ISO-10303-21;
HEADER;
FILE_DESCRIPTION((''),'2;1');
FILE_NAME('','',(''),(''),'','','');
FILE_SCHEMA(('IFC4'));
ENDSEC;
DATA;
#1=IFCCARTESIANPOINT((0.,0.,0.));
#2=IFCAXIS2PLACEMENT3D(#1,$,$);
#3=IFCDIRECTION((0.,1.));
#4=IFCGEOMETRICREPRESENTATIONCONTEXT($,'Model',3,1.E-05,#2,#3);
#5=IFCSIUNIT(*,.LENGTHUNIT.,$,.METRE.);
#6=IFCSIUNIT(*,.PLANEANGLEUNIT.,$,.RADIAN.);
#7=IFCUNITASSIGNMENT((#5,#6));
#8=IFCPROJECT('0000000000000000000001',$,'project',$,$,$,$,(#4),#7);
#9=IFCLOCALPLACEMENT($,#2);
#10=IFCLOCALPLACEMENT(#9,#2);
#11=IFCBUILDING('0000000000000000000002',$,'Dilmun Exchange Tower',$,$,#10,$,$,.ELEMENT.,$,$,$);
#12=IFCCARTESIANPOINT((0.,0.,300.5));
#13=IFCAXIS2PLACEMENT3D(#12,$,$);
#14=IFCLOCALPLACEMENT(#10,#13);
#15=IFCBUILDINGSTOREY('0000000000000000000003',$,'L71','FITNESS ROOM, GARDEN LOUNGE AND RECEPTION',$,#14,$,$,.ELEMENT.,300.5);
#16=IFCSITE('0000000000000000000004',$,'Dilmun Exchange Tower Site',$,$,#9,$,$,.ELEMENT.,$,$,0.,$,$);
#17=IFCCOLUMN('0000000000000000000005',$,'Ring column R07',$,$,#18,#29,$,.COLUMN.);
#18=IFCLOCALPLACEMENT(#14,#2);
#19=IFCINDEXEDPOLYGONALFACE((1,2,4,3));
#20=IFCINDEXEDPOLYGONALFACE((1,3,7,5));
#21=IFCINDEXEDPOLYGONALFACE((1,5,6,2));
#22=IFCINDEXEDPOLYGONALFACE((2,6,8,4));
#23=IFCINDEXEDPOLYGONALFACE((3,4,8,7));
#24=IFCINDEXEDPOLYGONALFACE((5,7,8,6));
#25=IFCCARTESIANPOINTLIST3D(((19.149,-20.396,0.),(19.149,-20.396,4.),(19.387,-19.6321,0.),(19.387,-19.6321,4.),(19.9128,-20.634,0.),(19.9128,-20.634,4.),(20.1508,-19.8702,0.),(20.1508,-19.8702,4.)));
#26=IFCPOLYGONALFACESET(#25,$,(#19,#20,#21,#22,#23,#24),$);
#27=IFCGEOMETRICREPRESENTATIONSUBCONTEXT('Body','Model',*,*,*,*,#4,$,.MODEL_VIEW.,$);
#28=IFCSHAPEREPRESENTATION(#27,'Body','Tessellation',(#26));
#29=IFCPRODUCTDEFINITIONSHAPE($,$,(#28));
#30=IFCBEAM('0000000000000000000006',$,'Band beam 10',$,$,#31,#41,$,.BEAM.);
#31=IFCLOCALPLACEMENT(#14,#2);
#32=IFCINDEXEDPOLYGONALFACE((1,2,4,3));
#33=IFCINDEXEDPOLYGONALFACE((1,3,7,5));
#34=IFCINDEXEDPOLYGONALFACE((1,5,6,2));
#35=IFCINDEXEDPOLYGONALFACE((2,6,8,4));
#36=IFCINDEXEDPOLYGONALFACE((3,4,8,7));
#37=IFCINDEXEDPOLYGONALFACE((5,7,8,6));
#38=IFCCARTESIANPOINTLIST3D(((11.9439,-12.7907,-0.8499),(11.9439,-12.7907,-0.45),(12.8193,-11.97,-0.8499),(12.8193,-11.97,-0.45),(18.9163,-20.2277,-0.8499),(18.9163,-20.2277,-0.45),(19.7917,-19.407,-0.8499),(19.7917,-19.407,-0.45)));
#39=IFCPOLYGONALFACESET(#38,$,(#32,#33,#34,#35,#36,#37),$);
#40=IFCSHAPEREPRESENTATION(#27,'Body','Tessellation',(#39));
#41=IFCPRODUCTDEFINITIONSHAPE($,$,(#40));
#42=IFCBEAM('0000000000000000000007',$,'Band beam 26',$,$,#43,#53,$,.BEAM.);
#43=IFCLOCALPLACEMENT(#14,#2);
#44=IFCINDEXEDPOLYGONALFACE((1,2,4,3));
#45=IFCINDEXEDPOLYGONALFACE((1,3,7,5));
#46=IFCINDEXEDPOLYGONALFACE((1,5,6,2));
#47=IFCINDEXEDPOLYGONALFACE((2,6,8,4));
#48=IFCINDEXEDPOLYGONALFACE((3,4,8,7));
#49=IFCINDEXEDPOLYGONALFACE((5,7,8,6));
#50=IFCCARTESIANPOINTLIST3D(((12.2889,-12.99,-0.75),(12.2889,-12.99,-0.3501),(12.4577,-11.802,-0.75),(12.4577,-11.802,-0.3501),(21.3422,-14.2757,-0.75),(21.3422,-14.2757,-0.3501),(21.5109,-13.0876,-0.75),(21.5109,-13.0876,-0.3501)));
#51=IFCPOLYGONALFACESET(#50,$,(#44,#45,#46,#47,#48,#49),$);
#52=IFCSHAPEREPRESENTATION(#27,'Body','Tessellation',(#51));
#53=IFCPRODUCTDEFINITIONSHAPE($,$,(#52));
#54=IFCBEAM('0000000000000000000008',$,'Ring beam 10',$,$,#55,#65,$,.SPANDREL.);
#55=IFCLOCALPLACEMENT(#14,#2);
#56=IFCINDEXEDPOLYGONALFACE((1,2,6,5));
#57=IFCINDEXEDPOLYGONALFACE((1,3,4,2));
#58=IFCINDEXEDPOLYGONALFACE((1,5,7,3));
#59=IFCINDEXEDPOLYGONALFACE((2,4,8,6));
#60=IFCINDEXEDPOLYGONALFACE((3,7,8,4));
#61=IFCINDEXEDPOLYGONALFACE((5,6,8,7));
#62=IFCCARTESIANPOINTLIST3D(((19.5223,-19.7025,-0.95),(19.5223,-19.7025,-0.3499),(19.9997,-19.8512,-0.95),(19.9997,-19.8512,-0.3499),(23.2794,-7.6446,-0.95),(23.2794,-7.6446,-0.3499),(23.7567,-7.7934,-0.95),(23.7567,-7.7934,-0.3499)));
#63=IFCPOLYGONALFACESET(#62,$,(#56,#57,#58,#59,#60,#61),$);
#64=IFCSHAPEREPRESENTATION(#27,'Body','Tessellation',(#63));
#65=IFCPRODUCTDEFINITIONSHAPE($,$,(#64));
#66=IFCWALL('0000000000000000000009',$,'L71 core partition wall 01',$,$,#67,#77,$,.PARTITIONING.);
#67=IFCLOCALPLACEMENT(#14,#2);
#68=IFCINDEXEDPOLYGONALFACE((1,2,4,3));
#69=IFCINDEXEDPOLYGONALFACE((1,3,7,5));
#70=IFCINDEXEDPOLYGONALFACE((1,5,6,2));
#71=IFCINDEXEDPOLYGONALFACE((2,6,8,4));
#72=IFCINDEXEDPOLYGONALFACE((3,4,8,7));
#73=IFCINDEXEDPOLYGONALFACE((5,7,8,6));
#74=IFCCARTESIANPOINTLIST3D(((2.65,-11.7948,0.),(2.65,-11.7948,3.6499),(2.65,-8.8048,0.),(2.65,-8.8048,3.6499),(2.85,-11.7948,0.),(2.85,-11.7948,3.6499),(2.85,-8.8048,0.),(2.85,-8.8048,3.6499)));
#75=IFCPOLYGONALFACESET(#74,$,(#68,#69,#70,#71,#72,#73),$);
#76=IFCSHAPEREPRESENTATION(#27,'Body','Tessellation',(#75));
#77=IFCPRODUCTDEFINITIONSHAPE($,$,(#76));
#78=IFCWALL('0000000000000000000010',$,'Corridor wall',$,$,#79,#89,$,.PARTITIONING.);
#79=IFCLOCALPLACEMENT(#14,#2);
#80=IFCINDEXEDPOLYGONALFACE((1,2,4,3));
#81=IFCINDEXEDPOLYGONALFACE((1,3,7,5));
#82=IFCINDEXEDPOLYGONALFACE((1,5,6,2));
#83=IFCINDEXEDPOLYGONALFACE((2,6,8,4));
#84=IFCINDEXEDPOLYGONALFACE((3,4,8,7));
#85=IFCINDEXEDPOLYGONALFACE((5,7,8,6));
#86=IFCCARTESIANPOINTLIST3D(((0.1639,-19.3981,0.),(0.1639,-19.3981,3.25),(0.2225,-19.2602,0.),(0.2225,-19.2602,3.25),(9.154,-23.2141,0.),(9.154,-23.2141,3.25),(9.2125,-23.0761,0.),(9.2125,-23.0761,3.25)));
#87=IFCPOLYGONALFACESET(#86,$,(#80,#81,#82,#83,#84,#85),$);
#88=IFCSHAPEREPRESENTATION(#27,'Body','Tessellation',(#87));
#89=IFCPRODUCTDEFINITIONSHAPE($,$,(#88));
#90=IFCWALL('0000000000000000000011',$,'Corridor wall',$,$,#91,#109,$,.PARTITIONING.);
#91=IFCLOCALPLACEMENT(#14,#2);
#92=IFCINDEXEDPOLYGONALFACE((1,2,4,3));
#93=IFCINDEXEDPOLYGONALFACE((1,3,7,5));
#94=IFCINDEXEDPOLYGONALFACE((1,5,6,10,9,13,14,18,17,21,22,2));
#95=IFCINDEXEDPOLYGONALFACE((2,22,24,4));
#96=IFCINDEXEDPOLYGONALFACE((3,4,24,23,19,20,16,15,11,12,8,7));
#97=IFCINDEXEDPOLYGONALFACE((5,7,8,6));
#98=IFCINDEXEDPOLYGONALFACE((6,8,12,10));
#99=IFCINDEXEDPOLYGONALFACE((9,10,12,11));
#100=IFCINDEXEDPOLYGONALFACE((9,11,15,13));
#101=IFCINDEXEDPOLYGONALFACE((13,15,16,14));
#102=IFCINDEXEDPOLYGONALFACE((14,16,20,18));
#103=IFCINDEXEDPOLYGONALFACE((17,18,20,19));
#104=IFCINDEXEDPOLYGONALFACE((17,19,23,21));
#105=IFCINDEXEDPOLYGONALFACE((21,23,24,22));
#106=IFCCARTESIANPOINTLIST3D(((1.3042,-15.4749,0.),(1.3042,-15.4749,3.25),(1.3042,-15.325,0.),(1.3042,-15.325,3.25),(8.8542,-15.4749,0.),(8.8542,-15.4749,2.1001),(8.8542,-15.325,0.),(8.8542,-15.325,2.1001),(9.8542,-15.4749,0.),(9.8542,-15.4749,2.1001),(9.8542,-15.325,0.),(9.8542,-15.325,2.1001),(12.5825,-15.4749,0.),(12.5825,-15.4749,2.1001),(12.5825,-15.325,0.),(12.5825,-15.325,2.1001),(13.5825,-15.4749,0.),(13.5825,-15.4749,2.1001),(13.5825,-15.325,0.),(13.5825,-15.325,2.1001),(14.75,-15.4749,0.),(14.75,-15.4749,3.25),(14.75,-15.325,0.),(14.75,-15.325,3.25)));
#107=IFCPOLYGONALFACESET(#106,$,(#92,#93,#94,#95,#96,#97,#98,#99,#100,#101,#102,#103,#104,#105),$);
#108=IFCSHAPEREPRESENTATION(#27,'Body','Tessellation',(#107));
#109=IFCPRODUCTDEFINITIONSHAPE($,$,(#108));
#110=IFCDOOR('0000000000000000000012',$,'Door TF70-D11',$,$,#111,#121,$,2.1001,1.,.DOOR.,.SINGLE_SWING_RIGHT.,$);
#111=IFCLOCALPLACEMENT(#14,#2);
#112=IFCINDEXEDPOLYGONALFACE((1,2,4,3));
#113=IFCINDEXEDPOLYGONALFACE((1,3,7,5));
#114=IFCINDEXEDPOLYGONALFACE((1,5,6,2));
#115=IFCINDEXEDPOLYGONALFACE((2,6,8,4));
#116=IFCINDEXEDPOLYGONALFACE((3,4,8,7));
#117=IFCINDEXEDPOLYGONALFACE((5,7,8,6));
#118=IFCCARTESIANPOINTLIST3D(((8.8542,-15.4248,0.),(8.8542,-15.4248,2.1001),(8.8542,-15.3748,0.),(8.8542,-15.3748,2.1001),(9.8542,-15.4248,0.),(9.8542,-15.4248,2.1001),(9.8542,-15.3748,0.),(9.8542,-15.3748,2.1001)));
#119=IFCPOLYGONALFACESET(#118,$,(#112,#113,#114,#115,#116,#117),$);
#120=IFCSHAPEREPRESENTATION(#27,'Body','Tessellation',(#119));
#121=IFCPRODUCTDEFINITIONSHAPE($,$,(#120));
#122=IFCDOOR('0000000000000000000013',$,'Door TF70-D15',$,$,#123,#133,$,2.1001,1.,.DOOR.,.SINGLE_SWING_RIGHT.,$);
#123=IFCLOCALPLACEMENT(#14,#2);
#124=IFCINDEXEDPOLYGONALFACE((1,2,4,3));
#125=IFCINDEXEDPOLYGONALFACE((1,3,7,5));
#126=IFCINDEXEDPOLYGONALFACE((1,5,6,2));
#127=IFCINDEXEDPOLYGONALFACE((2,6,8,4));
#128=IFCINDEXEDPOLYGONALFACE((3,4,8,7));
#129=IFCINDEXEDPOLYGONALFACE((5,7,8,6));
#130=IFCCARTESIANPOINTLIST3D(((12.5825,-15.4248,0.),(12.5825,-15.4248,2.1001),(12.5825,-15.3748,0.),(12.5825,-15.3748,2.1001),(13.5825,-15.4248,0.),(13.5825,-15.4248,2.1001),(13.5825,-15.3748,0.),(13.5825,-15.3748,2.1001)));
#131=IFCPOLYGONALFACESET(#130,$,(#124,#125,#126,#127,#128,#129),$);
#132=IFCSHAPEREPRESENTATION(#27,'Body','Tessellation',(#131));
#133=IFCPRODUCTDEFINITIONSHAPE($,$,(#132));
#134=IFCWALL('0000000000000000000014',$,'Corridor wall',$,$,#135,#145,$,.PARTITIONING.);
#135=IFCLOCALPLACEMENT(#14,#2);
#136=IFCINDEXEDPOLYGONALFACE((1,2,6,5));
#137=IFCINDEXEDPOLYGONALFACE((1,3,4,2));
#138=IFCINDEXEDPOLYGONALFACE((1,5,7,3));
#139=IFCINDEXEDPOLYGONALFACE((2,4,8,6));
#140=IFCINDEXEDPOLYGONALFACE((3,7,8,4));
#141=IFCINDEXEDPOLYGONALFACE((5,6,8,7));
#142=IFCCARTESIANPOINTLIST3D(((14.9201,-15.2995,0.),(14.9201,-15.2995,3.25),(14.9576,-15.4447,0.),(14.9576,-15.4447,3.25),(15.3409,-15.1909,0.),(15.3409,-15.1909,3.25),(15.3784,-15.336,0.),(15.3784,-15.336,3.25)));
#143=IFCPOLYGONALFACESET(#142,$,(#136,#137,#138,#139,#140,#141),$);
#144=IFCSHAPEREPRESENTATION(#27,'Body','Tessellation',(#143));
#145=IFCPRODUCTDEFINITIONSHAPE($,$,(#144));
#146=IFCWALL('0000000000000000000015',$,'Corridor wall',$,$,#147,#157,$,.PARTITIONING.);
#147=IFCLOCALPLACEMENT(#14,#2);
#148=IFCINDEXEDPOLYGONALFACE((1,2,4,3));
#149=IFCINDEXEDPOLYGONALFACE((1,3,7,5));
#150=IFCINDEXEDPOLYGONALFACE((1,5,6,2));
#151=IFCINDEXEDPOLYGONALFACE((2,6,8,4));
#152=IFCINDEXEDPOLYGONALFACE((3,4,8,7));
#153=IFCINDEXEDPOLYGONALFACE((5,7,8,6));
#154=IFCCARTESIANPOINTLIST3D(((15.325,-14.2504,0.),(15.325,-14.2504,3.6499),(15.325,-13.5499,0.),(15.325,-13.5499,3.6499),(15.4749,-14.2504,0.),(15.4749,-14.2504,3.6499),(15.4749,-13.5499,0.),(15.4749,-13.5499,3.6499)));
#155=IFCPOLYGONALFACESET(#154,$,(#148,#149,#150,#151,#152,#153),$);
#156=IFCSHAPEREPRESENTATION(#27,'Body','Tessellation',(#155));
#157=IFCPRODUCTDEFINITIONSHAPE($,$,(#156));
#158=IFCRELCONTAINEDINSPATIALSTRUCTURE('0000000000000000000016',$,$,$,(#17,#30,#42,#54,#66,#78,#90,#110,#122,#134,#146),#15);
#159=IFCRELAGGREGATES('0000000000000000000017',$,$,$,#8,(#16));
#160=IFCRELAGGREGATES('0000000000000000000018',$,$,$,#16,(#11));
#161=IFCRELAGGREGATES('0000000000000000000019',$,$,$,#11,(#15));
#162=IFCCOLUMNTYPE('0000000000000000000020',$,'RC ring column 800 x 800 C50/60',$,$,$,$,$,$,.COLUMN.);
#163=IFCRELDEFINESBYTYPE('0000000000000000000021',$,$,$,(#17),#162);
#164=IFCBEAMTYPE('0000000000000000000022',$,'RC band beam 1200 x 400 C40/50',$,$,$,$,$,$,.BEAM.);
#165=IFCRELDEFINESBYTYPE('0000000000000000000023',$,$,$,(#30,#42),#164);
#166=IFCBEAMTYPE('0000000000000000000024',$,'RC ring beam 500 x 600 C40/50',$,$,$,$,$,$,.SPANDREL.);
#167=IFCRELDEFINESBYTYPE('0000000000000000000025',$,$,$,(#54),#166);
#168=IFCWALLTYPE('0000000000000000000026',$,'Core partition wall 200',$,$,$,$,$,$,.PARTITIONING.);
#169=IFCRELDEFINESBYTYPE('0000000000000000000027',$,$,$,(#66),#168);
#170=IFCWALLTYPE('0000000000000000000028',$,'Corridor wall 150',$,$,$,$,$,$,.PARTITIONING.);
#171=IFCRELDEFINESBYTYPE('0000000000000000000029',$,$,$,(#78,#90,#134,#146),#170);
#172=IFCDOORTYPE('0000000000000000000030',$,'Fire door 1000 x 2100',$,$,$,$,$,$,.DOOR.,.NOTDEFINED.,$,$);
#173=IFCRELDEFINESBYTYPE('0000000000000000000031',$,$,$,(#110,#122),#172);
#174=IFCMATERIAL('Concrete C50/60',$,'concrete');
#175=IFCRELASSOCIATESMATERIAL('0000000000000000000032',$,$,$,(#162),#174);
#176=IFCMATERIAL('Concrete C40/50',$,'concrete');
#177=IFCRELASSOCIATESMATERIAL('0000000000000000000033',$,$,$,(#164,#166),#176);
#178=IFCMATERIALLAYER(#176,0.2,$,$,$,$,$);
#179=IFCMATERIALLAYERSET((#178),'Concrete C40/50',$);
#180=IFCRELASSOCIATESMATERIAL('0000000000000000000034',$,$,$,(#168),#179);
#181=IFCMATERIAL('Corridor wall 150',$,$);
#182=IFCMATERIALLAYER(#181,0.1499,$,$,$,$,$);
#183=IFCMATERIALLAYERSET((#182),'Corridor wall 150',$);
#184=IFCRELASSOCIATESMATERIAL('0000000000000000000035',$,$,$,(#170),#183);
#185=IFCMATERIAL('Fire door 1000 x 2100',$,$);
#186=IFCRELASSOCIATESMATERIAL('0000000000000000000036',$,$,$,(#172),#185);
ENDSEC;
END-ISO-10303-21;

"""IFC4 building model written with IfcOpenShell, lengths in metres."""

from ifc_helpers import new_model, si_unit, direction, frame, frame_2d, origin, origin_2d, place, context, subcontext, project, spatial, rectangle, extrude, material, layer, layer_set, material_profile, profile_set, type_object, element, fill, save


model = new_model("IFC4")

# Units and contexts
model_context = context("Model", 3, precision=1e-05, world=origin(), true_north=direction((0.0, 1.0)))
body_context = subcontext(model_context, "Body", "Model", "MODEL_VIEW")
ifc_project = project(units=[si_unit("LENGTHUNIT", "METRE"), si_unit("PLANEANGLEUNIT", "RADIAN")], contexts=[model_context])

# Site, building, storey
site_placement = place(None, origin())
site = spatial("IfcSite", under=ifc_project, at=site_placement, Name="Dilmun Exchange Tower Site", CompositionType="ELEMENT", RefElevation=0.0)
building_placement = place(site_placement, origin())
building = spatial("IfcBuilding", under=site, at=building_placement, Name="Dilmun Exchange Tower", CompositionType="ELEMENT")
storey_placement = place(building_placement, frame((0.0, 0.0, 300.5)))
storey = spatial("IfcBuildingStorey", under=building, at=storey_placement, Name="L71", Description="FITNESS ROOM, GARDEN LOUNGE AND RECEPTION", CompositionType="ELEMENT", Elevation=300.5)

# Column
ifc_material_1 = material(Name="Concrete C50/60", Category="concrete")
ifc_material_profile_1 = material_profile(ifc_material_1, rectangle(XDim=0.8, YDim=0.8, at=origin_2d()), Name="800 x 800")
ifc_profile_set_1 = profile_set([ifc_material_profile_1], Name="Concrete C50/60")
column_type = type_object("IfcColumnType", Name="RC ring column 800 x 800 C50/60", PredefinedType="COLUMN", material=ifc_profile_set_1)
column_placement = place(storey_placement, frame((19.6499, -20.1331, 0.0), z_axis=(0.0, 0.0, 1.0), x_axis=(0.297503, 0.954721, 0.0)))
element("IfcColumn", 1, at=column_placement, inside=storey, type_object=column_type, Name="Ring column R07", PredefinedType="COLUMN", context=body_context, shape_type="SweptSolid", body=[
    extrude(rectangle(XDim=0.8, YDim=0.8, at=origin_2d()), origin(), (0.0, 0.0, 1.0), 4.0),
])

# Beams
ifc_material_2 = material(Name="Concrete C40/50", Category="concrete")
ifc_material_profile_2 = material_profile(ifc_material_2, rectangle(XDim=1.2, YDim=0.3999, at=origin_2d()), Name="1200 x 400")
ifc_profile_set_2 = profile_set([ifc_material_profile_2], Name="Concrete C40/50")
beam_type_1 = type_object("IfcBeamType", Name="RC band beam 1200 x 400 C40/50", PredefinedType="BEAM", material=ifc_profile_set_2)
beam_1_placement = place(storey_placement, frame((19.354, -19.8174, -0.6499), z_axis=(-0.683952, 0.729527, 0.0), x_axis=(-0.729527, -0.683952, 0.0)))
element("IfcBeam", 2, at=beam_1_placement, inside=storey, type_object=beam_type_1, Name="Band beam 10", PredefinedType="BEAM", context=body_context, shape_type="SweptSolid", body=[
    extrude(rectangle(XDim=1.2, YDim=0.3999, at=origin_2d()), origin(), (0.0, 0.0, 1.0), 10.1943),
])
beam_2_placement = place(storey_placement, frame((21.4265, -13.6816, -0.55), z_axis=(-0.990067, 0.140599, 0.0), x_axis=(-0.140599, -0.990067, 0.0)))
element("IfcBeam", 3, at=beam_2_placement, inside=storey, type_object=beam_type_1, Name="Band beam 26", PredefinedType="BEAM", context=body_context, shape_type="SweptSolid", body=[
    extrude(rectangle(XDim=1.2, YDim=0.3999, at=origin_2d()), origin(), (0.0, 0.0, 1.0), 9.144),
])
ifc_material_profile_3 = material_profile(ifc_material_2, rectangle(XDim=0.5, YDim=0.6001, at=origin_2d()), Name="500 x 600")
ifc_profile_set_3 = profile_set([ifc_material_profile_3], Name="Concrete C40/50")
beam_type_2 = type_object("IfcBeamType", Name="RC ring beam 500 x 600 C40/50", PredefinedType="SPANDREL", material=ifc_profile_set_3)
beam_3_placement = place(storey_placement, frame((19.761, -19.7769, -0.6499), z_axis=(0.297481, 0.954728, 0.0), x_axis=(-0.954728, 0.297481, 0.0)))
element("IfcBeam", 4, at=beam_3_placement, inside=storey, type_object=beam_type_2, Name="Ring beam 10", PredefinedType="SPANDREL", context=body_context, shape_type="SweptSolid", body=[
    extrude(rectangle(XDim=0.5, YDim=0.6001, at=origin_2d()), origin(), (0.0, 0.0, 1.0), 12.6296),
])

# Wall
ifc_layer_1 = layer(ifc_material_2, 0.2)
ifc_layer_set_1 = layer_set([ifc_layer_1], Name="Concrete C40/50")
wall_type_1 = type_object("IfcWallType", Name="Core partition wall 200", PredefinedType="PARTITIONING", material=ifc_layer_set_1)
wall_1_placement = place(storey_placement, frame((2.75, -11.7949, 0.0), z_axis=(0.0, 0.0, 1.0), x_axis=(0.0, 1.0, 0.0)))
element("IfcWall", 5, at=wall_1_placement, inside=storey, type_object=wall_type_1, Name="L71 core partition wall 01", PredefinedType="PARTITIONING", context=body_context, shape_type="SweptSolid", body=[
    extrude(rectangle(XDim=2.99, YDim=0.2, at=frame_2d((1.4951, 0.0))), origin(), (0.0, 0.0, 1.0), 3.6499),
])

# Wall
ifc_material_3 = material(Name="Corridor wall 150")
ifc_layer_2 = layer(ifc_material_3, 0.1499)
ifc_layer_set_2 = layer_set([ifc_layer_2], Name="Corridor wall 150")
wall_type_2 = type_object("IfcWallType", Name="Corridor wall 150", PredefinedType="PARTITIONING", material=ifc_layer_set_2)
wall_2_placement = place(storey_placement, frame((0.1931, -19.3291, 0.0), z_axis=(0.0, 0.0, 1.0), x_axis=(0.920509, -0.390722, 0.0)))
element("IfcWall", 6, at=wall_2_placement, inside=storey, type_object=wall_type_2, Name="Corridor wall", PredefinedType="PARTITIONING", context=body_context, shape_type="SweptSolid", body=[
    extrude(rectangle(XDim=9.7664, YDim=0.1499, at=frame_2d((4.8833, 0.0))), origin(), (0.0, 0.0, 1.0), 3.25),
])

# Wall, openings, doors
wall_3_placement = place(storey_placement, frame((1.3042, -15.3999, 0.0), z_axis=(0.0, 0.0, 1.0), x_axis=(1.0, 0.0, 0.0)))
wall_3 = element("IfcWall", 7, at=wall_3_placement, inside=storey, type_object=wall_type_2, Name="Corridor wall", PredefinedType="PARTITIONING", context=body_context, shape_type="SweptSolid", body=[
    extrude(rectangle(XDim=13.4458, YDim=0.1499, at=frame_2d((6.7229, 0.0))), origin(), (0.0, 0.0, 1.0), 3.25),
])
opening_1_placement = place(wall_3_placement, frame((7.55, 0.0, 0.0)))
opening_1 = element("IfcOpeningElement", 8, at=opening_1_placement, cuts=wall_3, PredefinedType="OPENING", context=body_context, shape_type="SweptSolid", body=[
    extrude(rectangle(XDim=1.0, YDim=2.1001, at=frame_2d((0.5, 1.05))), frame((0.0, 0.085, 0.0), z_axis=(0.0, -1.0, 0.0), x_axis=(1.0, 0.0, 0.0)), (0.0, 0.0, 1.0), 0.1699),
])
opening_2_placement = place(wall_3_placement, frame((11.2783, 0.0, 0.0)))
opening_2 = element("IfcOpeningElement", 9, at=opening_2_placement, cuts=wall_3, PredefinedType="OPENING", context=body_context, shape_type="SweptSolid", body=[
    extrude(rectangle(XDim=1.0, YDim=2.1001, at=frame_2d((0.5, 1.05))), frame((0.0, 0.085, 0.0), z_axis=(0.0, -1.0, 0.0), x_axis=(1.0, 0.0, 0.0)), (0.0, 0.0, 1.0), 0.1699),
])
ifc_material_4 = material(Name="Fire door 1000 x 2100")
door_type_1 = type_object("IfcDoorType", Name="Fire door 1000 x 2100", OperationType="NOTDEFINED", PredefinedType="DOOR", material=ifc_material_4)
door_1_placement = place(opening_1_placement, frame((1.0, 0.0, 0.0), z_axis=(0.0, 0.0, 1.0), x_axis=(-1.0, 0.0, 0.0)))
door_1 = element("IfcDoor", 10, at=door_1_placement, inside=storey, type_object=door_type_1, Name="Door TF70-D11", OperationType="SINGLE_SWING_RIGHT", OverallHeight=2.1001, OverallWidth=1.0, PredefinedType="DOOR", context=body_context, shape_type="SweptSolid", body=[
    extrude(rectangle(XDim=1.0, YDim=2.1001, at=frame_2d((0.5, 1.05))), frame((0.0, 0.0249, 0.0), z_axis=(0.0, -1.0, 0.0), x_axis=(1.0, 0.0, 0.0)), (0.0, 0.0, 1.0), 0.05),
])
fill(opening_1, door_1)
door_2_placement = place(opening_2_placement, frame((1.0, 0.0, 0.0), z_axis=(0.0, 0.0, 1.0), x_axis=(-1.0, 0.0, 0.0)))
door_2 = element("IfcDoor", 11, at=door_2_placement, inside=storey, type_object=door_type_1, Name="Door TF70-D15", OperationType="SINGLE_SWING_RIGHT", OverallHeight=2.1001, OverallWidth=1.0, PredefinedType="DOOR", context=body_context, shape_type="SweptSolid", body=[
    extrude(rectangle(XDim=1.0, YDim=2.1001, at=frame_2d((0.5, 1.05))), frame((0.0, 0.0249, 0.0), z_axis=(0.0, -1.0, 0.0), x_axis=(1.0, 0.0, 0.0)), (0.0, 0.0, 1.0), 0.05),
])
fill(opening_2, door_2)

# Walls
wall_4_placement = place(storey_placement, frame((15.3596, -15.2634, 0.0), z_axis=(0.0, 0.0, 1.0), x_axis=(-0.968229, -0.250065, 0.0)))
element("IfcWall", 12, at=wall_4_placement, inside=storey, type_object=wall_type_2, Name="Corridor wall", PredefinedType="PARTITIONING", context=body_context, shape_type="SweptSolid", body=[
    extrude(rectangle(XDim=0.4346, YDim=0.1499, at=frame_2d((0.2173, 0.0))), origin(), (0.0, 0.0, 1.0), 3.25),
])
wall_5_placement = place(storey_placement, frame((15.3999, -14.2502, 0.0), z_axis=(0.0, 0.0, 1.0), x_axis=(0.0, 1.0, 0.0)))
element("IfcWall", 13, at=wall_5_placement, inside=storey, type_object=wall_type_2, Name="Corridor wall", PredefinedType="PARTITIONING", context=body_context, shape_type="SweptSolid", body=[
    extrude(rectangle(XDim=0.7004, YDim=0.1499, at=frame_2d((0.3501, 0.0))), origin(), (0.0, 0.0, 1.0), 3.6499),
])

save(model, "model.ifc")
